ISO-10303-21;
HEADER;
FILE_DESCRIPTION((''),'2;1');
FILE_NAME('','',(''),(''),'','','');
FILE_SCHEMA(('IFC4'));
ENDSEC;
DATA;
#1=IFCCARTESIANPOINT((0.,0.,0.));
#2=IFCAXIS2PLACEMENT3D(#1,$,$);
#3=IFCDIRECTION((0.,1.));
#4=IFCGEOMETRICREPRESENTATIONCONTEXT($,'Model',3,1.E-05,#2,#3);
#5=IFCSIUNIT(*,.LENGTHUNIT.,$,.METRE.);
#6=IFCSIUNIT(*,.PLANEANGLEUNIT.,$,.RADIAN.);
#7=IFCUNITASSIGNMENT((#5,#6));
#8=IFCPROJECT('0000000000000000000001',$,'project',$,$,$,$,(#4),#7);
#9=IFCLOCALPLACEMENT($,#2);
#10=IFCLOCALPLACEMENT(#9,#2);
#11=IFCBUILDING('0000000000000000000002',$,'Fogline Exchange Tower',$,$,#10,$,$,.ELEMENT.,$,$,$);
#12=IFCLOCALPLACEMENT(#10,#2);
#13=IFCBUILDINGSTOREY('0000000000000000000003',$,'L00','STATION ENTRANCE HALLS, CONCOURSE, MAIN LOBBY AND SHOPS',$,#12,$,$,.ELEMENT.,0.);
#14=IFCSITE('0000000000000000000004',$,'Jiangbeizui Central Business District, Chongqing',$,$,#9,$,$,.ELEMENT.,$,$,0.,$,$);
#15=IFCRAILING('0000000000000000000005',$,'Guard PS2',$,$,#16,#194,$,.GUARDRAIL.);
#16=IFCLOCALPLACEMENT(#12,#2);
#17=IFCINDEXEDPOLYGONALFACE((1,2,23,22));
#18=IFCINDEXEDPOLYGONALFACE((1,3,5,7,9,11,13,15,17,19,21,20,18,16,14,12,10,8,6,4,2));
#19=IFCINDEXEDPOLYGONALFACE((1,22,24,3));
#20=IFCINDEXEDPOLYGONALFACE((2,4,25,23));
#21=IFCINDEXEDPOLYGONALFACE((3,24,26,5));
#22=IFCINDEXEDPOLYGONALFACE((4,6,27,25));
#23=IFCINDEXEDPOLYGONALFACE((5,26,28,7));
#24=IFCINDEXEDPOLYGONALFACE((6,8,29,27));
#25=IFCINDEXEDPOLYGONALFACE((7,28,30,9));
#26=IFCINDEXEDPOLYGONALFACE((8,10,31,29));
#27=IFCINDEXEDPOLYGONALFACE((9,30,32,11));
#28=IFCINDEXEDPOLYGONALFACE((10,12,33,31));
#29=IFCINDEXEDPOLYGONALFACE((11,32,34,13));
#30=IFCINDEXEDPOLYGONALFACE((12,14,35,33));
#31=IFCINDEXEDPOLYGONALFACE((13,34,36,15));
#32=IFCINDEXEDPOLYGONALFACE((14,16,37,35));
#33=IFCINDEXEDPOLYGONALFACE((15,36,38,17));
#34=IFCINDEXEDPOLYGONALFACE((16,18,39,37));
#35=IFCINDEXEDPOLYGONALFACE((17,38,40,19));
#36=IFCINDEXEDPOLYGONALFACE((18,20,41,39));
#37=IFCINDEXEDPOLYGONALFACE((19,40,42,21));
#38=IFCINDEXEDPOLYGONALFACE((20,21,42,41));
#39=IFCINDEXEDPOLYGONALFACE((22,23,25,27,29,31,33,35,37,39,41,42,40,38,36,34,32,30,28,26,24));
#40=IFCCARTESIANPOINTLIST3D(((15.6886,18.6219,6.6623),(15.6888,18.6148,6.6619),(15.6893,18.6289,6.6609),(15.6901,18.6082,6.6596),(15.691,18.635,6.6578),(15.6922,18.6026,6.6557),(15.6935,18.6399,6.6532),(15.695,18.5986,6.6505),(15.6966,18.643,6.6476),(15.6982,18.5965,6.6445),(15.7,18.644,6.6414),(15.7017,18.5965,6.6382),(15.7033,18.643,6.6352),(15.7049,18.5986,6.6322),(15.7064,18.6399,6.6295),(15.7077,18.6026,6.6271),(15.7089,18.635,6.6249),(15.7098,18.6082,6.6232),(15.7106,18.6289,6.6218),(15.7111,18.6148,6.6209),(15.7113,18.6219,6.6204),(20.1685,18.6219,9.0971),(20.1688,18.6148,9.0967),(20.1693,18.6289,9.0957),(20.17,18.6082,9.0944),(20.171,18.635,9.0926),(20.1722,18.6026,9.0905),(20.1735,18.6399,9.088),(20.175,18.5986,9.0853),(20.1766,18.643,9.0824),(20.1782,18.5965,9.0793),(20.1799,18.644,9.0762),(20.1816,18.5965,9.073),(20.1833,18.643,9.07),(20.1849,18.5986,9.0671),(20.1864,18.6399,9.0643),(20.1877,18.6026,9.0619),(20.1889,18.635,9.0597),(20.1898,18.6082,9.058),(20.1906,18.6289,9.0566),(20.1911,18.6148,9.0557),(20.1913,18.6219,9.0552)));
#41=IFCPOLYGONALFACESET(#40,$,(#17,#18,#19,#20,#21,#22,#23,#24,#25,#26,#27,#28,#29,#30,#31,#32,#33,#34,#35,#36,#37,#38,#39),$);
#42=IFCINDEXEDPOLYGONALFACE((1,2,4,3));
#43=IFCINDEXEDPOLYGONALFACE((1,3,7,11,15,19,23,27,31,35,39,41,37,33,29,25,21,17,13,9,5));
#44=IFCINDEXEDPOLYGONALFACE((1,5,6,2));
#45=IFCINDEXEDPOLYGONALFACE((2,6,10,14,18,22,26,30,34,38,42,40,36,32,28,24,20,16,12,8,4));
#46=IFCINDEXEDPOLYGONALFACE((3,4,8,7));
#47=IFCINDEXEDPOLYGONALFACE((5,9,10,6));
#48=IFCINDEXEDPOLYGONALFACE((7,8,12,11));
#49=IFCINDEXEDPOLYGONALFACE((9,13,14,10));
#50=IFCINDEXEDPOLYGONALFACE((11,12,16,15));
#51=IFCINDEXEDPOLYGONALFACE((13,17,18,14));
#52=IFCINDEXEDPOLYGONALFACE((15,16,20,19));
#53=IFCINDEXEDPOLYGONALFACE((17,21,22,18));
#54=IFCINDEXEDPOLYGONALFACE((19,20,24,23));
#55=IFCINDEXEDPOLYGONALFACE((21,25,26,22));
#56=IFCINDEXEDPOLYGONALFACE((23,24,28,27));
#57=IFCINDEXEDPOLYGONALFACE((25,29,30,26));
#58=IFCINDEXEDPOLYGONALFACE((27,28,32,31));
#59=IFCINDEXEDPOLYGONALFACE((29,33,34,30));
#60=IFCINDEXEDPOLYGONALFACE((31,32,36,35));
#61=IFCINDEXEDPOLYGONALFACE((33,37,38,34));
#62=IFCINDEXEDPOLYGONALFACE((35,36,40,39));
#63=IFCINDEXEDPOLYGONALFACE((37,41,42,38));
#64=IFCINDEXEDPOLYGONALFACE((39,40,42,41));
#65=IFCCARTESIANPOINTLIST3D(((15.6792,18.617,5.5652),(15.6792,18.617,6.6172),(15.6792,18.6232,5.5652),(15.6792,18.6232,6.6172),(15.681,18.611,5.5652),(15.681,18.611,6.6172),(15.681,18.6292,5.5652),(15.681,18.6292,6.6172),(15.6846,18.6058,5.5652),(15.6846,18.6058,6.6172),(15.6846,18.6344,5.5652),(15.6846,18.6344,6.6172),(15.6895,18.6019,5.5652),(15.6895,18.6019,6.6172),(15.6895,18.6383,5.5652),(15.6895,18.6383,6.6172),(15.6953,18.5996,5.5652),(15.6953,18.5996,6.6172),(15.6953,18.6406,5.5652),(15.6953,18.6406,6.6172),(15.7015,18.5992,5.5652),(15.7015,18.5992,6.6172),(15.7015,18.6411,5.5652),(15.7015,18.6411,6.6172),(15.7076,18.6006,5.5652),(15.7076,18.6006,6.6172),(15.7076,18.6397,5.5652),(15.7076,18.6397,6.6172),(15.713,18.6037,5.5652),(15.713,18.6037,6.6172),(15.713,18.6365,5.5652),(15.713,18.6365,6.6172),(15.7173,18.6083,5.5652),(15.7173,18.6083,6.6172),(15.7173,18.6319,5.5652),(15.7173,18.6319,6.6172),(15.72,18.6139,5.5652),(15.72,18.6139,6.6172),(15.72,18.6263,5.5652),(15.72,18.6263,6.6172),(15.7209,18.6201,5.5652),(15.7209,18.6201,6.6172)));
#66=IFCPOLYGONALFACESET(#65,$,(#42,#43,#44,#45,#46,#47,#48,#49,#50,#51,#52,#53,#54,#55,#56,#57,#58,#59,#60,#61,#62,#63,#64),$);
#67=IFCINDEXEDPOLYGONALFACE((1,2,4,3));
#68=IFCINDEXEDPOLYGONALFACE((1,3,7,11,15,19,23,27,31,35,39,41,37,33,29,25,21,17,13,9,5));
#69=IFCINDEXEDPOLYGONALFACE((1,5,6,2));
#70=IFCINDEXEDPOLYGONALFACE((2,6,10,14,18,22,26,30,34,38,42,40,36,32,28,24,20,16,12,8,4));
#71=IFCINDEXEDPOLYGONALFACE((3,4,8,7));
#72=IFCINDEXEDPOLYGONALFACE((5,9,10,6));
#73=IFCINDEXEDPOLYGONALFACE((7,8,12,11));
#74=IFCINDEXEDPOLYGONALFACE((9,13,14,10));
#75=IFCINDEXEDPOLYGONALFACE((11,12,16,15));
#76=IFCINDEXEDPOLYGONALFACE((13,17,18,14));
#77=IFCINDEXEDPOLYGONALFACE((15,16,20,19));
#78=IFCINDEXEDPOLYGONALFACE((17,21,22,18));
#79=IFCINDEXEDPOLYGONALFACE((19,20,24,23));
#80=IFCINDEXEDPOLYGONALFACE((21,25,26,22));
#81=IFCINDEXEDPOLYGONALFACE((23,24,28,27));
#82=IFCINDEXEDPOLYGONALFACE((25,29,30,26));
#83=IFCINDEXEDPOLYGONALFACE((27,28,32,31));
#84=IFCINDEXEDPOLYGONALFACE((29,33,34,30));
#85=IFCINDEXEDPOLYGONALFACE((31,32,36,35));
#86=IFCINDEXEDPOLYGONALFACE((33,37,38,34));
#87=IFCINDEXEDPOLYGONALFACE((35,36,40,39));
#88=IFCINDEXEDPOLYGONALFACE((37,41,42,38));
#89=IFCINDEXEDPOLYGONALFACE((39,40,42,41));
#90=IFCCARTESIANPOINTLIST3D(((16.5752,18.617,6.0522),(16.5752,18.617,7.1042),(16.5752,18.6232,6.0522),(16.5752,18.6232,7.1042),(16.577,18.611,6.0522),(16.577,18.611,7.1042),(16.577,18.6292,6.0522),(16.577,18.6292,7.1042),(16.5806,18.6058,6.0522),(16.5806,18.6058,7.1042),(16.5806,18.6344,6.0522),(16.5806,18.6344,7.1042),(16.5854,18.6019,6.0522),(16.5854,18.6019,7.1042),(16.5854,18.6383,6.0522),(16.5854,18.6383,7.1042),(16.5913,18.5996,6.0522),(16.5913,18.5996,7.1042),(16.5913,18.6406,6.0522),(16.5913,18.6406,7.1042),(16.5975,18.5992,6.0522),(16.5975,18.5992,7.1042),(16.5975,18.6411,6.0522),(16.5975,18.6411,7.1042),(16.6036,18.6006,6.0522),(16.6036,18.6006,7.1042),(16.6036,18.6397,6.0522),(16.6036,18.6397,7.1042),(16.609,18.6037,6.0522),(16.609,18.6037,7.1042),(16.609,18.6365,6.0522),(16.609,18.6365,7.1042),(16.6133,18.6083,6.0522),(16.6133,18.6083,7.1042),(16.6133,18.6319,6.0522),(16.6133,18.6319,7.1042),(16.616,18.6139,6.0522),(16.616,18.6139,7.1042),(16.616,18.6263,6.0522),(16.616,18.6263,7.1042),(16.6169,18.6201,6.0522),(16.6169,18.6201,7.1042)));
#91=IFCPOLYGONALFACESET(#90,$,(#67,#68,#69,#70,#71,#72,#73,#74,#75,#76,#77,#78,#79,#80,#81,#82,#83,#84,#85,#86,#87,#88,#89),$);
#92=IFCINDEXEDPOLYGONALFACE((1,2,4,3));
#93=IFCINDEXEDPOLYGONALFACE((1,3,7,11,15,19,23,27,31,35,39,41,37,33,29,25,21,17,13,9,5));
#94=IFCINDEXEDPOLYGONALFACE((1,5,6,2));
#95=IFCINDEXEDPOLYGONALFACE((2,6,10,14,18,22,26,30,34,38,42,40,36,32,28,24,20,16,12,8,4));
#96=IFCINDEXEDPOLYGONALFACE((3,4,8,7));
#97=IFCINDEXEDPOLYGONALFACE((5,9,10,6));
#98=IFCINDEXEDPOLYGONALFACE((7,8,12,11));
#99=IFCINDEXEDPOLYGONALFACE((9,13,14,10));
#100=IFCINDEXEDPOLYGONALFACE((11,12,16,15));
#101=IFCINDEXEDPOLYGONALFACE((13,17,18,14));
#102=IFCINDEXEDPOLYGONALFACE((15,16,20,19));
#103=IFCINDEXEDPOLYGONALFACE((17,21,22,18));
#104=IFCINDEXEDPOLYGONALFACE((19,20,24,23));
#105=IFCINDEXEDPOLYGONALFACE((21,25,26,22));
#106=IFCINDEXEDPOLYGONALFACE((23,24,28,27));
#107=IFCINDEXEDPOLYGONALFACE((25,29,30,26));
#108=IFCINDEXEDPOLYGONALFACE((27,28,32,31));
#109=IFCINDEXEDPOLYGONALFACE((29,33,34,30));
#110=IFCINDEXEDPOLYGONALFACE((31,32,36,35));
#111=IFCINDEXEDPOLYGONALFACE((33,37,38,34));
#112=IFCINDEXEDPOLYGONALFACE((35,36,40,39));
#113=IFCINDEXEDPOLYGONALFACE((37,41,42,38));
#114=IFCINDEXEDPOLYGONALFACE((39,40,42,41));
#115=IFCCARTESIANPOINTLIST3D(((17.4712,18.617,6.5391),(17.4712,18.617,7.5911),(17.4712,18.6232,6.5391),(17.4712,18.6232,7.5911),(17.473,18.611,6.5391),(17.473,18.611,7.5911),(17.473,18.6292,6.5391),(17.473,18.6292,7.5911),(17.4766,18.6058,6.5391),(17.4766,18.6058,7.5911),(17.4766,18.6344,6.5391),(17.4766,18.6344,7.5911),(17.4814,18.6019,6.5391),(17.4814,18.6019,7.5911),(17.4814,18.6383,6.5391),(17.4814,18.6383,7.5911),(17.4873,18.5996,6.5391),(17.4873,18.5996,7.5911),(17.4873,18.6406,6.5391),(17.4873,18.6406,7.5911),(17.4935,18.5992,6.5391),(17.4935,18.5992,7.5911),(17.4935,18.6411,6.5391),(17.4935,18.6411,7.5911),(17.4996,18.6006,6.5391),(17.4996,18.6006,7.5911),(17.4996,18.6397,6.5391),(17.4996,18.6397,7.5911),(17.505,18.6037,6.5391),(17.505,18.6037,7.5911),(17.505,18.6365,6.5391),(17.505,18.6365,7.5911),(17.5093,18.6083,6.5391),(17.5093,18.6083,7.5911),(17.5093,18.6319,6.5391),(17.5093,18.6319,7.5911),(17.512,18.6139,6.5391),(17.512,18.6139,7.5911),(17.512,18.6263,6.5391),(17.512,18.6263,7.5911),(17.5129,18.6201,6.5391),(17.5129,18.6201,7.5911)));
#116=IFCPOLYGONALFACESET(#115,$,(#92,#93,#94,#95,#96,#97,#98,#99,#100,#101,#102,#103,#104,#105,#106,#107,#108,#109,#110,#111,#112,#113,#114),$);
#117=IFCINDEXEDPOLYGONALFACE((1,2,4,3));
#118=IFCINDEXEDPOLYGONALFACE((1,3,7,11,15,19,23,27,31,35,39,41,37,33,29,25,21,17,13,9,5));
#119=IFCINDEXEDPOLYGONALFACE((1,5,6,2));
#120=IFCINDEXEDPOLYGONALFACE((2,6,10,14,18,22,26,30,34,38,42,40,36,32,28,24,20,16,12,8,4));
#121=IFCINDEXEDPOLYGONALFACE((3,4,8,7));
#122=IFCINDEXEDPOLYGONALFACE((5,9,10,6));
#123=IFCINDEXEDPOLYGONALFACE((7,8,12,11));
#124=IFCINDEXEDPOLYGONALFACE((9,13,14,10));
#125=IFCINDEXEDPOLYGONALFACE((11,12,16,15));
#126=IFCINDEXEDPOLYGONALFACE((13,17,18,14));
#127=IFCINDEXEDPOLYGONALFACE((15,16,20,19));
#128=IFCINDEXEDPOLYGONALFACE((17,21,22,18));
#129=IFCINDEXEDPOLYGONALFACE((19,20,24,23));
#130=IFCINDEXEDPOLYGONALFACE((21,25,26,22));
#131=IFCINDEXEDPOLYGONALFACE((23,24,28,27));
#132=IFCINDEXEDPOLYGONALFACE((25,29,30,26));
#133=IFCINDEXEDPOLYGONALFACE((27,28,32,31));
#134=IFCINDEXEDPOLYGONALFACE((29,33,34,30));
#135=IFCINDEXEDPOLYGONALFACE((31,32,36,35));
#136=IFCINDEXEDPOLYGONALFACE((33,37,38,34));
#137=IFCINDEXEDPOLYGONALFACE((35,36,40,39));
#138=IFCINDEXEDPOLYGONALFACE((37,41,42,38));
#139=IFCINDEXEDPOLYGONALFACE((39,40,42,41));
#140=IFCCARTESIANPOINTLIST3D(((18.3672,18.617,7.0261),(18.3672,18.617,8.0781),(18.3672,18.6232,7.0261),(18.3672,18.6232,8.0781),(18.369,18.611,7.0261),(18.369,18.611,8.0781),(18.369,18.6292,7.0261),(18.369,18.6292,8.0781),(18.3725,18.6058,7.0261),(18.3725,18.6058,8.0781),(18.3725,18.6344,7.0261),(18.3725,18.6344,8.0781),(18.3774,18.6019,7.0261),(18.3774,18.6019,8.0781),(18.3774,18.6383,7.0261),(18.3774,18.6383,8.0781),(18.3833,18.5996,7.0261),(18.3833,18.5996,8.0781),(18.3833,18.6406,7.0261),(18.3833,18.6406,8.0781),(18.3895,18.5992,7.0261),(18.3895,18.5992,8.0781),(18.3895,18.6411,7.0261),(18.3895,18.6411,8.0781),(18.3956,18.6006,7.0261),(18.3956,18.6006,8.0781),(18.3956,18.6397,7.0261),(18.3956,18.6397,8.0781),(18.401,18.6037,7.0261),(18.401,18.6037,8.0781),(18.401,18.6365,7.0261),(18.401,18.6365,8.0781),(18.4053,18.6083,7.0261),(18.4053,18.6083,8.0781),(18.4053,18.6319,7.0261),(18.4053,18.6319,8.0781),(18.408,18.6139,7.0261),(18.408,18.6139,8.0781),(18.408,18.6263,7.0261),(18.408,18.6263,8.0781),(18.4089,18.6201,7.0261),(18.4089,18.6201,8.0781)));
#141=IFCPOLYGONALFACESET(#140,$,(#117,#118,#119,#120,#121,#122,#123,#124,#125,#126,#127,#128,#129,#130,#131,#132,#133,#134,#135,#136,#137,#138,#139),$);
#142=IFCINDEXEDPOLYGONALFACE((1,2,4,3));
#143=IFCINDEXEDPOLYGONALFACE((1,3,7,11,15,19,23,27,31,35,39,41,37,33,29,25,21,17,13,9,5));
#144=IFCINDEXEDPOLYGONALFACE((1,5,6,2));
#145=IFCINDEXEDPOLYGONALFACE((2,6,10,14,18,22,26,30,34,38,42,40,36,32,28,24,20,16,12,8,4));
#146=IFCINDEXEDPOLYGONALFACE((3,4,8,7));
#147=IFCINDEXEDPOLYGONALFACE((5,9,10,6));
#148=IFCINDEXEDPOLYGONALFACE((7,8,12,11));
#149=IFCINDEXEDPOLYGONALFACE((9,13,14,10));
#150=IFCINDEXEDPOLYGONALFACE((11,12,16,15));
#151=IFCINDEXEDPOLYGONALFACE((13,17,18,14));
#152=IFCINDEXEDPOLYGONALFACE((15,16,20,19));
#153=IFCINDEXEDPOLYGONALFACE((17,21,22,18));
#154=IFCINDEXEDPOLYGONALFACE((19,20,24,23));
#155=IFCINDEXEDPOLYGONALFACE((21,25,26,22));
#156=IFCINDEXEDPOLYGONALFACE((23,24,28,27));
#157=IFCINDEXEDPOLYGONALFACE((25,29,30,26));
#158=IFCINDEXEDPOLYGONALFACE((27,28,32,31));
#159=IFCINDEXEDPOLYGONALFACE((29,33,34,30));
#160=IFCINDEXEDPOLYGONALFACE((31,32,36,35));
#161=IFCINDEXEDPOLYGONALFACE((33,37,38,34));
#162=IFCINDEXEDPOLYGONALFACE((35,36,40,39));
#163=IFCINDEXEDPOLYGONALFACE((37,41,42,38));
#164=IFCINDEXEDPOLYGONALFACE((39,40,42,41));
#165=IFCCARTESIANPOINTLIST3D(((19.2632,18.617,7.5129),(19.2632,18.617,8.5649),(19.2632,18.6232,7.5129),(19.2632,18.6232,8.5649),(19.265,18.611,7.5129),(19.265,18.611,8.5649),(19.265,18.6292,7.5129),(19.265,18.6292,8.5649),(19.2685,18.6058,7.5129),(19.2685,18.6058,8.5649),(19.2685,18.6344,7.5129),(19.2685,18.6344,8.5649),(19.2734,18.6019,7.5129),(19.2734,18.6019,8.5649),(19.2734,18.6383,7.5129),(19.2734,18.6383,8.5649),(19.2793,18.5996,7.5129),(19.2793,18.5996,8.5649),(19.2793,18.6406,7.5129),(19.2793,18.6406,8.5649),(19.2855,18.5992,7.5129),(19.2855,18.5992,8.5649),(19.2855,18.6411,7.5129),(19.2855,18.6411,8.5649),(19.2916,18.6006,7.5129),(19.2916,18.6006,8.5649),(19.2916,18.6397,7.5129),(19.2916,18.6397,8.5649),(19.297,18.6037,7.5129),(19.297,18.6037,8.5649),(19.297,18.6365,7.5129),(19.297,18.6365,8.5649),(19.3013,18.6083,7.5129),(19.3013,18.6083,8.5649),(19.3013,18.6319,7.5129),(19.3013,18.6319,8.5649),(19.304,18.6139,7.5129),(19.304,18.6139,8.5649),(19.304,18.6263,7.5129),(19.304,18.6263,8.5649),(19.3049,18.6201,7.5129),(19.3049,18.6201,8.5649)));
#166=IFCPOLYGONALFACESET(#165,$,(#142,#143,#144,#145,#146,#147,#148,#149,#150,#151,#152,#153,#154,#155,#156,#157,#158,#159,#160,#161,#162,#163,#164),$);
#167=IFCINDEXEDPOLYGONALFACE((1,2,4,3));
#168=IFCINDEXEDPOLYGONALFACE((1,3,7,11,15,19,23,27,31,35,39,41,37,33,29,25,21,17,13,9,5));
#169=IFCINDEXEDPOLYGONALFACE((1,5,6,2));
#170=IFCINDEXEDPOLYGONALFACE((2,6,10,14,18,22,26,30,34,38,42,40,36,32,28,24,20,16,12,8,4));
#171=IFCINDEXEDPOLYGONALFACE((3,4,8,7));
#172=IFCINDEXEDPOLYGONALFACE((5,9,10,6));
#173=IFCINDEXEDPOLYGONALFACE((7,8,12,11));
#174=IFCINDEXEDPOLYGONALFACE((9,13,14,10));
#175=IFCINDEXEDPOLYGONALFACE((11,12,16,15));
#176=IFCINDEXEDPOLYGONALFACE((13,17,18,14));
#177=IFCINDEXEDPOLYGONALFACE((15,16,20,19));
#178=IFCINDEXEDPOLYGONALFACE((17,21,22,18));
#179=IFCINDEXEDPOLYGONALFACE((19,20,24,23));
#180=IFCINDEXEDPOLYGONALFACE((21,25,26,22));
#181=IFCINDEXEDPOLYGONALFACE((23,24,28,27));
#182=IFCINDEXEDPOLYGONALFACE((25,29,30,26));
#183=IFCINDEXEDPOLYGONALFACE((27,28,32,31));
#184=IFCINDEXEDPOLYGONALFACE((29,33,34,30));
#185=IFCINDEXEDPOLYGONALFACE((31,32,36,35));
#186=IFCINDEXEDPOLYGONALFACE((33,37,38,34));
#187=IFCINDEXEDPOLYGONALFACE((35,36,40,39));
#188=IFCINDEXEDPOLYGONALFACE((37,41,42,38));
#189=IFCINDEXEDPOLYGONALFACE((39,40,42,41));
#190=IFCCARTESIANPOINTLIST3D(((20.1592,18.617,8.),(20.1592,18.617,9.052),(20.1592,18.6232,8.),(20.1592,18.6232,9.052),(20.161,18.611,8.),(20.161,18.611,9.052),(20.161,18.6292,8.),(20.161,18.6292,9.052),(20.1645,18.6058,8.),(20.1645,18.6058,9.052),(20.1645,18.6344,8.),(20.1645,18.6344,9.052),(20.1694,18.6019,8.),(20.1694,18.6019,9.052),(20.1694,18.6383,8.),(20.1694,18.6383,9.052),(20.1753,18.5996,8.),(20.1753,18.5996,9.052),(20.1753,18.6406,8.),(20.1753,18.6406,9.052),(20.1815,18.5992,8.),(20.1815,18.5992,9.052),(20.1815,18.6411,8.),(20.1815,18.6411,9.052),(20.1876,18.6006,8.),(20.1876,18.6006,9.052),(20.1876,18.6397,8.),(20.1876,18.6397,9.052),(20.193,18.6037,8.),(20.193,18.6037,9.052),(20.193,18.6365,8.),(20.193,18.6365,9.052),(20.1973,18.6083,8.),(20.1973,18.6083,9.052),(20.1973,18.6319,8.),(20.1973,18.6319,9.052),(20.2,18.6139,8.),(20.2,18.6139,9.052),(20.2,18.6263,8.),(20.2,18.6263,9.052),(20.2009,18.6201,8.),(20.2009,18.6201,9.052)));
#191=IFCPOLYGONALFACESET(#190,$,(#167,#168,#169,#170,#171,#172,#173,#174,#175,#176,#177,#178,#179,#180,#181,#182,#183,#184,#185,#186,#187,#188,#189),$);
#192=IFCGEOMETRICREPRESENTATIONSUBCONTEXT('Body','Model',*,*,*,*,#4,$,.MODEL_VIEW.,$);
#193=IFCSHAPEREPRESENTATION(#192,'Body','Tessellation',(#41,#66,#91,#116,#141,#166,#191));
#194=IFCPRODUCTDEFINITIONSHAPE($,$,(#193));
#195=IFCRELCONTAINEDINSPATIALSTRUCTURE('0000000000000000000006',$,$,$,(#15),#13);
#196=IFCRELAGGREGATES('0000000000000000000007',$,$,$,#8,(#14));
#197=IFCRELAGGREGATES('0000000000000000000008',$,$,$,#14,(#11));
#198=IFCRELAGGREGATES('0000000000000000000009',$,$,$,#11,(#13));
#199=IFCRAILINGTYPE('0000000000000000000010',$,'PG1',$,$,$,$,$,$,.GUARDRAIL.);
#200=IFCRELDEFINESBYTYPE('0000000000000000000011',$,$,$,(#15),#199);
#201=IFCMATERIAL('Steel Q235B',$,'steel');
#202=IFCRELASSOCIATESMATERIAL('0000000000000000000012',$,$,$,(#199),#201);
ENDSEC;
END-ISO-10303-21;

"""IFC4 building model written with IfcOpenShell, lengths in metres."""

from ifc_helpers import new_model, si_unit, direction, frame, origin, origin_2d, place, context, subcontext, project, spatial, circle, extrude, material, type_object, element, save


model = new_model("IFC4")

# Units and contexts
model_context = context("Model", 3, precision=1e-05, world=origin(), true_north=direction((0.0, 1.0)))
body_context = subcontext(model_context, "Body", "Model", "MODEL_VIEW")
ifc_project = project(units=[si_unit("LENGTHUNIT", "METRE"), si_unit("PLANEANGLEUNIT", "RADIAN")], contexts=[model_context])

# Site, building, storey
site_placement = place(None, origin())
site = spatial("IfcSite", under=ifc_project, at=site_placement, Name="Jiangbeizui Central Business District, Chongqing", CompositionType="ELEMENT", RefElevation=0.0)
building_placement = place(site_placement, origin())
building = spatial("IfcBuilding", under=site, at=building_placement, Name="Fogline Exchange Tower", CompositionType="ELEMENT")
storey_placement = place(building_placement, origin())
storey = spatial("IfcBuildingStorey", under=building, at=storey_placement, Name="L00", Description="STATION ENTRANCE HALLS, CONCOURSE, MAIN LOBBY AND SHOPS", CompositionType="ELEMENT", Elevation=0.0)

# Shared definitions
ifc_material_1 = material(Name="Steel Q235B", Category="steel")

# Railing
railing_type_1 = type_object("IfcRailingType", Name="PG1", PredefinedType="GUARDRAIL", material=ifc_material_1)
for number, where, name in (
    (1, (15.7, 18.6201, 5.5652), "Guard PS2"),
):
    element("IfcRailing", number, at=place(storey_placement, frame(where)), inside=storey, type_object=railing_type_1, Name=name, PredefinedType="GUARDRAIL", context=body_context, shape_type="SweptSolid", body=[
        extrude(circle(Radius=0.0239, at=origin_2d()), frame((0.0, 0.0, 1.0762), z_axis=(0.878621, 0.0, 0.47752), x_axis=(0.0, 1.0, 0.0)), (0.0, 0.0, 1.0), 5.0989),
        extrude(circle(Radius=0.021, at=origin_2d()), origin(), (0.0, 0.0, 1.0), 1.052),
        extrude(circle(Radius=0.021, at=origin_2d()), frame((0.896, 0.0, 0.4871)), (0.0, 0.0, 1.0), 1.052),
        extrude(circle(Radius=0.021, at=origin_2d()), frame((1.792, 0.0, 0.9739)), (0.0, 0.0, 1.0), 1.052),
        extrude(circle(Radius=0.021, at=origin_2d()), frame((2.688, 0.0, 1.4609)), (0.0, 0.0, 1.0), 1.052),
        extrude(circle(Radius=0.021, at=origin_2d()), frame((3.584, 0.0, 1.9478)), (0.0, 0.0, 1.0), 1.052),
        extrude(circle(Radius=0.021, at=origin_2d()), frame((4.48, 0.0, 2.4348)), (0.0, 0.0, 1.0), 1.052),
    ])

save(model, "model.ifc")
